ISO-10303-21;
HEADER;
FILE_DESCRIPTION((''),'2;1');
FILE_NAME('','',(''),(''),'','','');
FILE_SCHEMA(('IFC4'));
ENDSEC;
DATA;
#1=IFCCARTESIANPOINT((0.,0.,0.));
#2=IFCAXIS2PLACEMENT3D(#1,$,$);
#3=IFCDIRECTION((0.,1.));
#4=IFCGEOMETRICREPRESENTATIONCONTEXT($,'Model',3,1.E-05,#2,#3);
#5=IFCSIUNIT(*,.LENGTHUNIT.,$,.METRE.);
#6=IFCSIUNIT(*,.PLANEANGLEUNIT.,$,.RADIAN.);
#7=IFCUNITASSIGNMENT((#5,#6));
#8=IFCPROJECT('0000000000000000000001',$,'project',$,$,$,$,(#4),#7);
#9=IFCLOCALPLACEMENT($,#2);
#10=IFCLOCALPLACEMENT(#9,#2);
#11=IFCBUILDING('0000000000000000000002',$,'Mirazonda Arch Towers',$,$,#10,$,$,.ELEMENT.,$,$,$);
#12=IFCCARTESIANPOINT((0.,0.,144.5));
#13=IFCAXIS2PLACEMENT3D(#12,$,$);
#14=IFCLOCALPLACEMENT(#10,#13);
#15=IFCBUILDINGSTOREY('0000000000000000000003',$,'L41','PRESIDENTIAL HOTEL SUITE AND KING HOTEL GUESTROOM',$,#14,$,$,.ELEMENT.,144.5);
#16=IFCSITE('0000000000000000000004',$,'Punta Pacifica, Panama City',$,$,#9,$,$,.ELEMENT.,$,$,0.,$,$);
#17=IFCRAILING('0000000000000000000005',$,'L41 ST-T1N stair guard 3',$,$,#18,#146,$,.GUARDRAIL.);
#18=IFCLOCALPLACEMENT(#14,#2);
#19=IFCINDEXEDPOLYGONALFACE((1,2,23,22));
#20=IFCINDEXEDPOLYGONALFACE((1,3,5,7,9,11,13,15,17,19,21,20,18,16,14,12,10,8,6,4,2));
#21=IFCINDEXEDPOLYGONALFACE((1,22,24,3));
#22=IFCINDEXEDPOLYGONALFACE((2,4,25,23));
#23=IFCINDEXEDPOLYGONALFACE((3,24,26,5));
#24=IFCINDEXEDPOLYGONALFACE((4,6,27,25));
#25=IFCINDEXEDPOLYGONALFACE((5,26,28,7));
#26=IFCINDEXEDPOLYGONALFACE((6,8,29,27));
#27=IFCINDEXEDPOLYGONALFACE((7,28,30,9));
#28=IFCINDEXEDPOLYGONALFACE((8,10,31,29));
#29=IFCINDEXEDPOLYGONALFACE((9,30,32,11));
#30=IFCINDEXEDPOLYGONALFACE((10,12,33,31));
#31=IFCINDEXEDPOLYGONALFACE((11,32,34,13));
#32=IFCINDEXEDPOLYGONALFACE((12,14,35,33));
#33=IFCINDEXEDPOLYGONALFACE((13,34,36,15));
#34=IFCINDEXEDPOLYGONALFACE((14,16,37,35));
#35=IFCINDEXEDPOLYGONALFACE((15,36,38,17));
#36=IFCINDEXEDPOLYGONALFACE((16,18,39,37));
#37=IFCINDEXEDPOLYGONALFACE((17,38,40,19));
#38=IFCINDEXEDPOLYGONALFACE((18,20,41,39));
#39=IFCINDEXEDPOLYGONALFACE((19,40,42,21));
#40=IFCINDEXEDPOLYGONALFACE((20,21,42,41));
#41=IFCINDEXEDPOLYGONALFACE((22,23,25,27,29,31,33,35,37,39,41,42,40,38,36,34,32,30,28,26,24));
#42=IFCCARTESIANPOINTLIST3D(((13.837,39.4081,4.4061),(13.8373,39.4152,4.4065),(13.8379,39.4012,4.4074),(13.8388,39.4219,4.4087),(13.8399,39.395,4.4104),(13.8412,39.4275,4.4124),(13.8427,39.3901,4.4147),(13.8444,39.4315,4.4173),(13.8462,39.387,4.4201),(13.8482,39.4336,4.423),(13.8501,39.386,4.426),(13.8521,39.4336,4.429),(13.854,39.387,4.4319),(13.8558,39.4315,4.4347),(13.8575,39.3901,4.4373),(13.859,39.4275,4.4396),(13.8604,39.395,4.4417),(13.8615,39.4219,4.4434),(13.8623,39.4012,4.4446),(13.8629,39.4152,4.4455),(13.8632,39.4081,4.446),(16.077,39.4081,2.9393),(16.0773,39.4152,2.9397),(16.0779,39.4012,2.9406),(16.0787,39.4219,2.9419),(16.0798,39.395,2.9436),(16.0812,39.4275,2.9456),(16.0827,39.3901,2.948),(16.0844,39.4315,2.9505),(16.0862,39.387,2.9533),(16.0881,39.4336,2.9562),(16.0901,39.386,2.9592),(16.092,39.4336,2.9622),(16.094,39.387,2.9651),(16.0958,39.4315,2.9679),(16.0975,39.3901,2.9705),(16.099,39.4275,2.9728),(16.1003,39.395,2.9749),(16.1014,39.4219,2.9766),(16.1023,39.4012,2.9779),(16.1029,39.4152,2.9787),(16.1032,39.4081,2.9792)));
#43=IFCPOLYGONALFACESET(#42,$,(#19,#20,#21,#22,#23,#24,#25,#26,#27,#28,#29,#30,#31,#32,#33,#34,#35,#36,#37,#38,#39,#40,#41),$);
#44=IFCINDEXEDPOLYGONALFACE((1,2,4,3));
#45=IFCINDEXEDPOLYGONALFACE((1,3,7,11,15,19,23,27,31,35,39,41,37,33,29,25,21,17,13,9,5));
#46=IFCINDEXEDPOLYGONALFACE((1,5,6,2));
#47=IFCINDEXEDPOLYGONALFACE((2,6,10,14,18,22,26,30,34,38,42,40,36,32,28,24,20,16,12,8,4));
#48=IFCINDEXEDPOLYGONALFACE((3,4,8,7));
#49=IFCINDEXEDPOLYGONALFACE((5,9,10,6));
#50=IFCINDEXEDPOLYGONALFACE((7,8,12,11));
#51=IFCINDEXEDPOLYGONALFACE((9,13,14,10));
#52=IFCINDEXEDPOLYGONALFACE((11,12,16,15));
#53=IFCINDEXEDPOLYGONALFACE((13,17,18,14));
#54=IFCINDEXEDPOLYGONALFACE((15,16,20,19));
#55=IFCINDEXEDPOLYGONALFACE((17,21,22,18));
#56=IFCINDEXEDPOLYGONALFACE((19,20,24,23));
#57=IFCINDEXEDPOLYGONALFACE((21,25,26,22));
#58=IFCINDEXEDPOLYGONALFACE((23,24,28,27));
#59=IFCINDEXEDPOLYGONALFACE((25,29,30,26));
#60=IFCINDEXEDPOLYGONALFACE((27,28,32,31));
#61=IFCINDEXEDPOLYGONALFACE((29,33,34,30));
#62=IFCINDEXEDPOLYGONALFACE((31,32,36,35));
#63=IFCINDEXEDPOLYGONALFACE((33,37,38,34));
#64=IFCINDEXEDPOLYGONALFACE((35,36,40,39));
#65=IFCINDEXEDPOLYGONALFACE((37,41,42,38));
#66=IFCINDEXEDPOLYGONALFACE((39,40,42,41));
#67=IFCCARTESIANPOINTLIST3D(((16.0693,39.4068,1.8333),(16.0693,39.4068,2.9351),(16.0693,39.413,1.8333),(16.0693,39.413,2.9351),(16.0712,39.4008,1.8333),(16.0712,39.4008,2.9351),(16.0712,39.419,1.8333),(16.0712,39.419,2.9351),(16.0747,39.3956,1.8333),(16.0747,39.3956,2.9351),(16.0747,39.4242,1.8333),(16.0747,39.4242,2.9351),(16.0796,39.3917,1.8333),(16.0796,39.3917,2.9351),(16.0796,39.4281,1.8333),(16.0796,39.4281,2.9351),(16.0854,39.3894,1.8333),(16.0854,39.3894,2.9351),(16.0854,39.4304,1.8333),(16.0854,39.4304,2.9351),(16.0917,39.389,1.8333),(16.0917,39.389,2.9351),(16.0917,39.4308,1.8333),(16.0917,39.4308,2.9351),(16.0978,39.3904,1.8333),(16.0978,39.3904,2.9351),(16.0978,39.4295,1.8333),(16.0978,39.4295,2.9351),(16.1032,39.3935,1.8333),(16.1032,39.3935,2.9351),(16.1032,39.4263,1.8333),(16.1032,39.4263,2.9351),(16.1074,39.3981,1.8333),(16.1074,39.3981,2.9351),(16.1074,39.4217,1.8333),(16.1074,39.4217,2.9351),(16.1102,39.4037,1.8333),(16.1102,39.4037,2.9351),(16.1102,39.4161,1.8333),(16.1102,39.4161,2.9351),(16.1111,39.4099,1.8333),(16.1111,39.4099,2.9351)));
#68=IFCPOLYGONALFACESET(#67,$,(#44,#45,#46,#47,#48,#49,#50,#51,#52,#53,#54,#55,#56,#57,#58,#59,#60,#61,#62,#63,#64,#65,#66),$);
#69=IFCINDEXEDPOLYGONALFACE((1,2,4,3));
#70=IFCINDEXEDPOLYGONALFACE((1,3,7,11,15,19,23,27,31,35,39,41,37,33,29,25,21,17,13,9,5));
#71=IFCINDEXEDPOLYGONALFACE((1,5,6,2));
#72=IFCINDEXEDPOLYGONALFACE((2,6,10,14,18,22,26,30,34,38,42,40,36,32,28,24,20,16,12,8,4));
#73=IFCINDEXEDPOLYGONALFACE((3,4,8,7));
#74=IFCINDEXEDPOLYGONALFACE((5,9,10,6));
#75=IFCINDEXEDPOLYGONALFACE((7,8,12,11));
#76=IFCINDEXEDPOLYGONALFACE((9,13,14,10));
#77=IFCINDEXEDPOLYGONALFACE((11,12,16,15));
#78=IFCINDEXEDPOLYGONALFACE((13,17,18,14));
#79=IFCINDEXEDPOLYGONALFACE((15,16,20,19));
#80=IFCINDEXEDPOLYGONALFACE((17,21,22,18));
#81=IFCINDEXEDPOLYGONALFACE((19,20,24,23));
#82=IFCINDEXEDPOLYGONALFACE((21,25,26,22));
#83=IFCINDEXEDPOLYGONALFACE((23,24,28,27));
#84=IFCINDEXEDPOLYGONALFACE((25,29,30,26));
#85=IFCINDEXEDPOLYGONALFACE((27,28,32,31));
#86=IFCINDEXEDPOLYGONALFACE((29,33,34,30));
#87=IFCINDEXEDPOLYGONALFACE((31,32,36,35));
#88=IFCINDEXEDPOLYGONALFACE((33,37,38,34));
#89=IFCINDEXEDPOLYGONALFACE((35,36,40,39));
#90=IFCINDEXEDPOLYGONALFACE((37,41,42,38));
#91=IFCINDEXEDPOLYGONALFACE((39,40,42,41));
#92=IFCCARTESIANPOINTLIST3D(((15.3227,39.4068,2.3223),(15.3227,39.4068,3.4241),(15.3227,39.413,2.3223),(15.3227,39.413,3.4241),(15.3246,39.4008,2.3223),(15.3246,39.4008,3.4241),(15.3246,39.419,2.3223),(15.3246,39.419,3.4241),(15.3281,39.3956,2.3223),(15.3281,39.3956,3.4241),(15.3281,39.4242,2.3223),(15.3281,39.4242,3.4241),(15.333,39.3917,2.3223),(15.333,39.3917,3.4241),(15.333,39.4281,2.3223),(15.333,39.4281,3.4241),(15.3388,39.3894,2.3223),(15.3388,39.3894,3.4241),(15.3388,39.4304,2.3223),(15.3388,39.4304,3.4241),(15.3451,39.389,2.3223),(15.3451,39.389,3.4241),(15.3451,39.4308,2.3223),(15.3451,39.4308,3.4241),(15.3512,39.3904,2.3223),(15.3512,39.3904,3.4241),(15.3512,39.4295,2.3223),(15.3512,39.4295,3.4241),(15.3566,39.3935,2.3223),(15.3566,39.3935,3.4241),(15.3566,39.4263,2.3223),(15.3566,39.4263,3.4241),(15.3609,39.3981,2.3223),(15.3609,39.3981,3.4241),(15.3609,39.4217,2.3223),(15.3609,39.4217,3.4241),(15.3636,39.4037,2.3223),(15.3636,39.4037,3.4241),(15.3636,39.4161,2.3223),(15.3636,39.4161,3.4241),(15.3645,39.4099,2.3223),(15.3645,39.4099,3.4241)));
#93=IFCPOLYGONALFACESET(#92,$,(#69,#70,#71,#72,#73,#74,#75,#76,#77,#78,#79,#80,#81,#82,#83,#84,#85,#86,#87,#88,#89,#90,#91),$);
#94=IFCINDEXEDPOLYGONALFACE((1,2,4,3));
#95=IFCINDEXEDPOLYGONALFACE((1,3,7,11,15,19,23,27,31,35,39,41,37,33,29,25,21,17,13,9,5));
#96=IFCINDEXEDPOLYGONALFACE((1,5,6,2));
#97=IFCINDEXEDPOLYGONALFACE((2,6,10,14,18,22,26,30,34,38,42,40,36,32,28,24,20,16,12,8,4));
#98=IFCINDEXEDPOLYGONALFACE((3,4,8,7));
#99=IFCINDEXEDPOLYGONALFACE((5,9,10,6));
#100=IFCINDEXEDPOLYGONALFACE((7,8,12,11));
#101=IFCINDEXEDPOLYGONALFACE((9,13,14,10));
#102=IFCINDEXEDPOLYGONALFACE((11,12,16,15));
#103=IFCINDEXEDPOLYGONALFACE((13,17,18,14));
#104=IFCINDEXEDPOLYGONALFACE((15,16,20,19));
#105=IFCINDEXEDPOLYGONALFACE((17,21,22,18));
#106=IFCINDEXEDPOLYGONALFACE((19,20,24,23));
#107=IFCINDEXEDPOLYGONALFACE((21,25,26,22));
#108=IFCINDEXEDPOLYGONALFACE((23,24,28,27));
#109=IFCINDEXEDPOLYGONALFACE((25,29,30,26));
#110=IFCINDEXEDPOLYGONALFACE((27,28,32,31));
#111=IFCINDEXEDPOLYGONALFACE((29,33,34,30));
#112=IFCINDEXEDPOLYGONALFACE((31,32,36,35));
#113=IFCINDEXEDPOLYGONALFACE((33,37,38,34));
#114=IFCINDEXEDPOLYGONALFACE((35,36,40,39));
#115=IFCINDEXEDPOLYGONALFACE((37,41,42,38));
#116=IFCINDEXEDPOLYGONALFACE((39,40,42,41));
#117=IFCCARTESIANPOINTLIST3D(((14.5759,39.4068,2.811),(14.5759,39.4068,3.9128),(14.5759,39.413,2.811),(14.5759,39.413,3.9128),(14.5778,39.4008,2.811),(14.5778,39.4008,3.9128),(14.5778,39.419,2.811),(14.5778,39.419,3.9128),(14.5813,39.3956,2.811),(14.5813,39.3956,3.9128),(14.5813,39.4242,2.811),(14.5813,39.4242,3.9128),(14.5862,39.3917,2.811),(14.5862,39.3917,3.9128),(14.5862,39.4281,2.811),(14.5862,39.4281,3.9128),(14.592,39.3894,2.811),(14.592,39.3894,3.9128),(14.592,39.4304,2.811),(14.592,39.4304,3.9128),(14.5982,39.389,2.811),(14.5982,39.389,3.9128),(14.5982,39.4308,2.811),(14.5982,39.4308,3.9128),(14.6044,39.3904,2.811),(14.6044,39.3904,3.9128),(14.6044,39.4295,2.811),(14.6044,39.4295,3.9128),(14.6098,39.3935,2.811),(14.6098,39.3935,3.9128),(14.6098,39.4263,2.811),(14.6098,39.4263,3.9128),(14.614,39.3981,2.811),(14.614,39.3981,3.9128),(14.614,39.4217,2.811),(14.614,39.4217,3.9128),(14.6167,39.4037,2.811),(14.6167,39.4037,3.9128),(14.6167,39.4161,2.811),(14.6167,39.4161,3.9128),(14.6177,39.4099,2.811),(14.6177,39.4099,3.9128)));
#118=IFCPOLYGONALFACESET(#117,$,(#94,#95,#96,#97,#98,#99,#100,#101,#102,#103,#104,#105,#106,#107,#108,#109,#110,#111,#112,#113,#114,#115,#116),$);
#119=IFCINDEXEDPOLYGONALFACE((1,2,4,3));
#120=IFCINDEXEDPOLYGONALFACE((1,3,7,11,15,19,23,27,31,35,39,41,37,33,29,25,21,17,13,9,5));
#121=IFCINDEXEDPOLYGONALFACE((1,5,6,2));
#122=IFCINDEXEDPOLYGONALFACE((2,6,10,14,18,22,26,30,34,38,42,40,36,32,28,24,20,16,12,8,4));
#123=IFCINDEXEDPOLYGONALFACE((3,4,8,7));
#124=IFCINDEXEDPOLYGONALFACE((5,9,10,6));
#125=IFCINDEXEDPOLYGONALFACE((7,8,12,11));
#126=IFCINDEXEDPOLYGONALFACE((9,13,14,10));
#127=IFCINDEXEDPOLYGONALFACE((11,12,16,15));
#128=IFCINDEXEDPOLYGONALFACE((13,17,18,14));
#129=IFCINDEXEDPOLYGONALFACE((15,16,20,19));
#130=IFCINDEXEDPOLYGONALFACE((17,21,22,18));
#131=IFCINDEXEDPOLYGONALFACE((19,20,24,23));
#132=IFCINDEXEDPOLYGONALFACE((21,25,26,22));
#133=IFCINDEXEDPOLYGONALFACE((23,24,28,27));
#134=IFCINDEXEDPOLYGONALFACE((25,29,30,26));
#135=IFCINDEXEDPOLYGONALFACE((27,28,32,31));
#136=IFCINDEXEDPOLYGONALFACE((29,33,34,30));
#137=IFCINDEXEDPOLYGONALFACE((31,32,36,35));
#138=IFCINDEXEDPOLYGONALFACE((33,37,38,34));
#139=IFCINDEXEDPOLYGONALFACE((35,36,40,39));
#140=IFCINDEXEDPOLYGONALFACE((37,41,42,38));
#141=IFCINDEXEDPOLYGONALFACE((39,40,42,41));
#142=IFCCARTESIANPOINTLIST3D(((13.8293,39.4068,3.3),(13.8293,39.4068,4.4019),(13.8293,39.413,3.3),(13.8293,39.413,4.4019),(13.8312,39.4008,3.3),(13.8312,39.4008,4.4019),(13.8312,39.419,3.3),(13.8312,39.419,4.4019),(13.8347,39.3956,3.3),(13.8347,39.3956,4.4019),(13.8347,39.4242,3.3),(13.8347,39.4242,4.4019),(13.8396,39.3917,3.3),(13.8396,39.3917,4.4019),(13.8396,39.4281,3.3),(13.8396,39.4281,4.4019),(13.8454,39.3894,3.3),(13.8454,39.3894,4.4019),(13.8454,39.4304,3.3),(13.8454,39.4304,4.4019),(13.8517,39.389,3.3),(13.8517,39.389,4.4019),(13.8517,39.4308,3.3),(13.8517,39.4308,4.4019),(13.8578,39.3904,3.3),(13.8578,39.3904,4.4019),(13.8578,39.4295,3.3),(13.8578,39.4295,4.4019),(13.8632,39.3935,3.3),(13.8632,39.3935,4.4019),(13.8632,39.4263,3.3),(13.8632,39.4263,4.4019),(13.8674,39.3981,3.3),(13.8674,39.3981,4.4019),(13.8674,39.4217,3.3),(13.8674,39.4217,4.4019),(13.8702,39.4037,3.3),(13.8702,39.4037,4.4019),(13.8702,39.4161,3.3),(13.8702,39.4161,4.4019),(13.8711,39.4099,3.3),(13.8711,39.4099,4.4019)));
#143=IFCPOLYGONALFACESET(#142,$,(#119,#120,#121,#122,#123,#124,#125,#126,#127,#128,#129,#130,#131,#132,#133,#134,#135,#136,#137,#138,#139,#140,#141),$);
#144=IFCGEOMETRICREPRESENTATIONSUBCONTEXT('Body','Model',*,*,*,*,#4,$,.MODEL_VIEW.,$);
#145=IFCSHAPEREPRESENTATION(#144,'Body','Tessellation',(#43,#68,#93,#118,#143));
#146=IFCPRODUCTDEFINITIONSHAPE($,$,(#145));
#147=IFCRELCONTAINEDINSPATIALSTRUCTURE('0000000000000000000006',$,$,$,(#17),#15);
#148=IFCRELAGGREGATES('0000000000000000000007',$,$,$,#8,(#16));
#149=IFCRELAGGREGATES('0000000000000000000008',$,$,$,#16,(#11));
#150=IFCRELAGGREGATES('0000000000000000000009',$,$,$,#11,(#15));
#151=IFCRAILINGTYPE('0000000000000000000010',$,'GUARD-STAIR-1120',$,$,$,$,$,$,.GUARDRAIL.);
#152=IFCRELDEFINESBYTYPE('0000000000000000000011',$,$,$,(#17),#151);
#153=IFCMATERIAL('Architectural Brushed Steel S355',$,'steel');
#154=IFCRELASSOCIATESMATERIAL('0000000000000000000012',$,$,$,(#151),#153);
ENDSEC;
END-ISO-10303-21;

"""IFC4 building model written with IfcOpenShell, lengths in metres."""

from ifc_helpers import new_model, si_unit, direction, frame, origin, origin_2d, place, context, subcontext, project, spatial, circle, extrude, material, type_object, element, save


model = new_model("IFC4")

# Units and contexts
model_context = context("Model", 3, precision=1e-05, world=origin(), true_north=direction((0.0, 1.0)))
body_context = subcontext(model_context, "Body", "Model", "MODEL_VIEW")
ifc_project = project(units=[si_unit("LENGTHUNIT", "METRE"), si_unit("PLANEANGLEUNIT", "RADIAN")], contexts=[model_context])

# Site, building, storey
site_placement = place(None, origin())
site = spatial("IfcSite", under=ifc_project, at=site_placement, Name="Punta Pacifica, Panama City", CompositionType="ELEMENT", RefElevation=0.0)
building_placement = place(site_placement, origin())
building = spatial("IfcBuilding", under=site, at=building_placement, Name="Mirazonda Arch Towers", CompositionType="ELEMENT")
storey_placement = place(building_placement, frame((0.0, 0.0, 144.5)))
storey = spatial("IfcBuildingStorey", under=building, at=storey_placement, Name="L41", Description="PRESIDENTIAL HOTEL SUITE AND KING HOTEL GUESTROOM", CompositionType="ELEMENT", Elevation=144.5)

# Shared definitions
ifc_material_1 = material(Name="Architectural Brushed Steel S355", Category="steel")

# Railing
railing_type_1 = type_object("IfcRailingType", Name="GUARD-STAIR-1120", PredefinedType="GUARDRAIL", material=ifc_material_1)
railing_1_placement = place(storey_placement, frame((16.0901, 39.4099, 1.8333)))
element("IfcRailing", 1, at=railing_1_placement, inside=storey, type_object=railing_type_1, Name="L41 ST-T1N stair guard 3", PredefinedType="GUARDRAIL", context=body_context, shape_type="SweptSolid", body=[
    extrude(circle(Radius=0.0239, at=origin_2d()), frame((0.0, 0.0, 1.126), z_axis=(-0.836595, 0.0, 0.547822), x_axis=(0.0, -1.0, 0.0)), (0.0, 0.0, 1.0), 2.6775),
    extrude(circle(Radius=0.021, at=origin_2d()), origin(), (0.0, 0.0, 1.0), 1.1018),
    extrude(circle(Radius=0.021, at=origin_2d()), frame((-0.7466, 0.0, 0.489)), (0.0, 0.0, 1.0), 1.1018),
    extrude(circle(Radius=0.021, at=origin_2d()), frame((-1.4934, 0.0, 0.9778)), (0.0, 0.0, 1.0), 1.1018),
    extrude(circle(Radius=0.021, at=origin_2d()), frame((-2.24, 0.0, 1.4668)), (0.0, 0.0, 1.0), 1.1018),
])

save(model, "model.ifc")
